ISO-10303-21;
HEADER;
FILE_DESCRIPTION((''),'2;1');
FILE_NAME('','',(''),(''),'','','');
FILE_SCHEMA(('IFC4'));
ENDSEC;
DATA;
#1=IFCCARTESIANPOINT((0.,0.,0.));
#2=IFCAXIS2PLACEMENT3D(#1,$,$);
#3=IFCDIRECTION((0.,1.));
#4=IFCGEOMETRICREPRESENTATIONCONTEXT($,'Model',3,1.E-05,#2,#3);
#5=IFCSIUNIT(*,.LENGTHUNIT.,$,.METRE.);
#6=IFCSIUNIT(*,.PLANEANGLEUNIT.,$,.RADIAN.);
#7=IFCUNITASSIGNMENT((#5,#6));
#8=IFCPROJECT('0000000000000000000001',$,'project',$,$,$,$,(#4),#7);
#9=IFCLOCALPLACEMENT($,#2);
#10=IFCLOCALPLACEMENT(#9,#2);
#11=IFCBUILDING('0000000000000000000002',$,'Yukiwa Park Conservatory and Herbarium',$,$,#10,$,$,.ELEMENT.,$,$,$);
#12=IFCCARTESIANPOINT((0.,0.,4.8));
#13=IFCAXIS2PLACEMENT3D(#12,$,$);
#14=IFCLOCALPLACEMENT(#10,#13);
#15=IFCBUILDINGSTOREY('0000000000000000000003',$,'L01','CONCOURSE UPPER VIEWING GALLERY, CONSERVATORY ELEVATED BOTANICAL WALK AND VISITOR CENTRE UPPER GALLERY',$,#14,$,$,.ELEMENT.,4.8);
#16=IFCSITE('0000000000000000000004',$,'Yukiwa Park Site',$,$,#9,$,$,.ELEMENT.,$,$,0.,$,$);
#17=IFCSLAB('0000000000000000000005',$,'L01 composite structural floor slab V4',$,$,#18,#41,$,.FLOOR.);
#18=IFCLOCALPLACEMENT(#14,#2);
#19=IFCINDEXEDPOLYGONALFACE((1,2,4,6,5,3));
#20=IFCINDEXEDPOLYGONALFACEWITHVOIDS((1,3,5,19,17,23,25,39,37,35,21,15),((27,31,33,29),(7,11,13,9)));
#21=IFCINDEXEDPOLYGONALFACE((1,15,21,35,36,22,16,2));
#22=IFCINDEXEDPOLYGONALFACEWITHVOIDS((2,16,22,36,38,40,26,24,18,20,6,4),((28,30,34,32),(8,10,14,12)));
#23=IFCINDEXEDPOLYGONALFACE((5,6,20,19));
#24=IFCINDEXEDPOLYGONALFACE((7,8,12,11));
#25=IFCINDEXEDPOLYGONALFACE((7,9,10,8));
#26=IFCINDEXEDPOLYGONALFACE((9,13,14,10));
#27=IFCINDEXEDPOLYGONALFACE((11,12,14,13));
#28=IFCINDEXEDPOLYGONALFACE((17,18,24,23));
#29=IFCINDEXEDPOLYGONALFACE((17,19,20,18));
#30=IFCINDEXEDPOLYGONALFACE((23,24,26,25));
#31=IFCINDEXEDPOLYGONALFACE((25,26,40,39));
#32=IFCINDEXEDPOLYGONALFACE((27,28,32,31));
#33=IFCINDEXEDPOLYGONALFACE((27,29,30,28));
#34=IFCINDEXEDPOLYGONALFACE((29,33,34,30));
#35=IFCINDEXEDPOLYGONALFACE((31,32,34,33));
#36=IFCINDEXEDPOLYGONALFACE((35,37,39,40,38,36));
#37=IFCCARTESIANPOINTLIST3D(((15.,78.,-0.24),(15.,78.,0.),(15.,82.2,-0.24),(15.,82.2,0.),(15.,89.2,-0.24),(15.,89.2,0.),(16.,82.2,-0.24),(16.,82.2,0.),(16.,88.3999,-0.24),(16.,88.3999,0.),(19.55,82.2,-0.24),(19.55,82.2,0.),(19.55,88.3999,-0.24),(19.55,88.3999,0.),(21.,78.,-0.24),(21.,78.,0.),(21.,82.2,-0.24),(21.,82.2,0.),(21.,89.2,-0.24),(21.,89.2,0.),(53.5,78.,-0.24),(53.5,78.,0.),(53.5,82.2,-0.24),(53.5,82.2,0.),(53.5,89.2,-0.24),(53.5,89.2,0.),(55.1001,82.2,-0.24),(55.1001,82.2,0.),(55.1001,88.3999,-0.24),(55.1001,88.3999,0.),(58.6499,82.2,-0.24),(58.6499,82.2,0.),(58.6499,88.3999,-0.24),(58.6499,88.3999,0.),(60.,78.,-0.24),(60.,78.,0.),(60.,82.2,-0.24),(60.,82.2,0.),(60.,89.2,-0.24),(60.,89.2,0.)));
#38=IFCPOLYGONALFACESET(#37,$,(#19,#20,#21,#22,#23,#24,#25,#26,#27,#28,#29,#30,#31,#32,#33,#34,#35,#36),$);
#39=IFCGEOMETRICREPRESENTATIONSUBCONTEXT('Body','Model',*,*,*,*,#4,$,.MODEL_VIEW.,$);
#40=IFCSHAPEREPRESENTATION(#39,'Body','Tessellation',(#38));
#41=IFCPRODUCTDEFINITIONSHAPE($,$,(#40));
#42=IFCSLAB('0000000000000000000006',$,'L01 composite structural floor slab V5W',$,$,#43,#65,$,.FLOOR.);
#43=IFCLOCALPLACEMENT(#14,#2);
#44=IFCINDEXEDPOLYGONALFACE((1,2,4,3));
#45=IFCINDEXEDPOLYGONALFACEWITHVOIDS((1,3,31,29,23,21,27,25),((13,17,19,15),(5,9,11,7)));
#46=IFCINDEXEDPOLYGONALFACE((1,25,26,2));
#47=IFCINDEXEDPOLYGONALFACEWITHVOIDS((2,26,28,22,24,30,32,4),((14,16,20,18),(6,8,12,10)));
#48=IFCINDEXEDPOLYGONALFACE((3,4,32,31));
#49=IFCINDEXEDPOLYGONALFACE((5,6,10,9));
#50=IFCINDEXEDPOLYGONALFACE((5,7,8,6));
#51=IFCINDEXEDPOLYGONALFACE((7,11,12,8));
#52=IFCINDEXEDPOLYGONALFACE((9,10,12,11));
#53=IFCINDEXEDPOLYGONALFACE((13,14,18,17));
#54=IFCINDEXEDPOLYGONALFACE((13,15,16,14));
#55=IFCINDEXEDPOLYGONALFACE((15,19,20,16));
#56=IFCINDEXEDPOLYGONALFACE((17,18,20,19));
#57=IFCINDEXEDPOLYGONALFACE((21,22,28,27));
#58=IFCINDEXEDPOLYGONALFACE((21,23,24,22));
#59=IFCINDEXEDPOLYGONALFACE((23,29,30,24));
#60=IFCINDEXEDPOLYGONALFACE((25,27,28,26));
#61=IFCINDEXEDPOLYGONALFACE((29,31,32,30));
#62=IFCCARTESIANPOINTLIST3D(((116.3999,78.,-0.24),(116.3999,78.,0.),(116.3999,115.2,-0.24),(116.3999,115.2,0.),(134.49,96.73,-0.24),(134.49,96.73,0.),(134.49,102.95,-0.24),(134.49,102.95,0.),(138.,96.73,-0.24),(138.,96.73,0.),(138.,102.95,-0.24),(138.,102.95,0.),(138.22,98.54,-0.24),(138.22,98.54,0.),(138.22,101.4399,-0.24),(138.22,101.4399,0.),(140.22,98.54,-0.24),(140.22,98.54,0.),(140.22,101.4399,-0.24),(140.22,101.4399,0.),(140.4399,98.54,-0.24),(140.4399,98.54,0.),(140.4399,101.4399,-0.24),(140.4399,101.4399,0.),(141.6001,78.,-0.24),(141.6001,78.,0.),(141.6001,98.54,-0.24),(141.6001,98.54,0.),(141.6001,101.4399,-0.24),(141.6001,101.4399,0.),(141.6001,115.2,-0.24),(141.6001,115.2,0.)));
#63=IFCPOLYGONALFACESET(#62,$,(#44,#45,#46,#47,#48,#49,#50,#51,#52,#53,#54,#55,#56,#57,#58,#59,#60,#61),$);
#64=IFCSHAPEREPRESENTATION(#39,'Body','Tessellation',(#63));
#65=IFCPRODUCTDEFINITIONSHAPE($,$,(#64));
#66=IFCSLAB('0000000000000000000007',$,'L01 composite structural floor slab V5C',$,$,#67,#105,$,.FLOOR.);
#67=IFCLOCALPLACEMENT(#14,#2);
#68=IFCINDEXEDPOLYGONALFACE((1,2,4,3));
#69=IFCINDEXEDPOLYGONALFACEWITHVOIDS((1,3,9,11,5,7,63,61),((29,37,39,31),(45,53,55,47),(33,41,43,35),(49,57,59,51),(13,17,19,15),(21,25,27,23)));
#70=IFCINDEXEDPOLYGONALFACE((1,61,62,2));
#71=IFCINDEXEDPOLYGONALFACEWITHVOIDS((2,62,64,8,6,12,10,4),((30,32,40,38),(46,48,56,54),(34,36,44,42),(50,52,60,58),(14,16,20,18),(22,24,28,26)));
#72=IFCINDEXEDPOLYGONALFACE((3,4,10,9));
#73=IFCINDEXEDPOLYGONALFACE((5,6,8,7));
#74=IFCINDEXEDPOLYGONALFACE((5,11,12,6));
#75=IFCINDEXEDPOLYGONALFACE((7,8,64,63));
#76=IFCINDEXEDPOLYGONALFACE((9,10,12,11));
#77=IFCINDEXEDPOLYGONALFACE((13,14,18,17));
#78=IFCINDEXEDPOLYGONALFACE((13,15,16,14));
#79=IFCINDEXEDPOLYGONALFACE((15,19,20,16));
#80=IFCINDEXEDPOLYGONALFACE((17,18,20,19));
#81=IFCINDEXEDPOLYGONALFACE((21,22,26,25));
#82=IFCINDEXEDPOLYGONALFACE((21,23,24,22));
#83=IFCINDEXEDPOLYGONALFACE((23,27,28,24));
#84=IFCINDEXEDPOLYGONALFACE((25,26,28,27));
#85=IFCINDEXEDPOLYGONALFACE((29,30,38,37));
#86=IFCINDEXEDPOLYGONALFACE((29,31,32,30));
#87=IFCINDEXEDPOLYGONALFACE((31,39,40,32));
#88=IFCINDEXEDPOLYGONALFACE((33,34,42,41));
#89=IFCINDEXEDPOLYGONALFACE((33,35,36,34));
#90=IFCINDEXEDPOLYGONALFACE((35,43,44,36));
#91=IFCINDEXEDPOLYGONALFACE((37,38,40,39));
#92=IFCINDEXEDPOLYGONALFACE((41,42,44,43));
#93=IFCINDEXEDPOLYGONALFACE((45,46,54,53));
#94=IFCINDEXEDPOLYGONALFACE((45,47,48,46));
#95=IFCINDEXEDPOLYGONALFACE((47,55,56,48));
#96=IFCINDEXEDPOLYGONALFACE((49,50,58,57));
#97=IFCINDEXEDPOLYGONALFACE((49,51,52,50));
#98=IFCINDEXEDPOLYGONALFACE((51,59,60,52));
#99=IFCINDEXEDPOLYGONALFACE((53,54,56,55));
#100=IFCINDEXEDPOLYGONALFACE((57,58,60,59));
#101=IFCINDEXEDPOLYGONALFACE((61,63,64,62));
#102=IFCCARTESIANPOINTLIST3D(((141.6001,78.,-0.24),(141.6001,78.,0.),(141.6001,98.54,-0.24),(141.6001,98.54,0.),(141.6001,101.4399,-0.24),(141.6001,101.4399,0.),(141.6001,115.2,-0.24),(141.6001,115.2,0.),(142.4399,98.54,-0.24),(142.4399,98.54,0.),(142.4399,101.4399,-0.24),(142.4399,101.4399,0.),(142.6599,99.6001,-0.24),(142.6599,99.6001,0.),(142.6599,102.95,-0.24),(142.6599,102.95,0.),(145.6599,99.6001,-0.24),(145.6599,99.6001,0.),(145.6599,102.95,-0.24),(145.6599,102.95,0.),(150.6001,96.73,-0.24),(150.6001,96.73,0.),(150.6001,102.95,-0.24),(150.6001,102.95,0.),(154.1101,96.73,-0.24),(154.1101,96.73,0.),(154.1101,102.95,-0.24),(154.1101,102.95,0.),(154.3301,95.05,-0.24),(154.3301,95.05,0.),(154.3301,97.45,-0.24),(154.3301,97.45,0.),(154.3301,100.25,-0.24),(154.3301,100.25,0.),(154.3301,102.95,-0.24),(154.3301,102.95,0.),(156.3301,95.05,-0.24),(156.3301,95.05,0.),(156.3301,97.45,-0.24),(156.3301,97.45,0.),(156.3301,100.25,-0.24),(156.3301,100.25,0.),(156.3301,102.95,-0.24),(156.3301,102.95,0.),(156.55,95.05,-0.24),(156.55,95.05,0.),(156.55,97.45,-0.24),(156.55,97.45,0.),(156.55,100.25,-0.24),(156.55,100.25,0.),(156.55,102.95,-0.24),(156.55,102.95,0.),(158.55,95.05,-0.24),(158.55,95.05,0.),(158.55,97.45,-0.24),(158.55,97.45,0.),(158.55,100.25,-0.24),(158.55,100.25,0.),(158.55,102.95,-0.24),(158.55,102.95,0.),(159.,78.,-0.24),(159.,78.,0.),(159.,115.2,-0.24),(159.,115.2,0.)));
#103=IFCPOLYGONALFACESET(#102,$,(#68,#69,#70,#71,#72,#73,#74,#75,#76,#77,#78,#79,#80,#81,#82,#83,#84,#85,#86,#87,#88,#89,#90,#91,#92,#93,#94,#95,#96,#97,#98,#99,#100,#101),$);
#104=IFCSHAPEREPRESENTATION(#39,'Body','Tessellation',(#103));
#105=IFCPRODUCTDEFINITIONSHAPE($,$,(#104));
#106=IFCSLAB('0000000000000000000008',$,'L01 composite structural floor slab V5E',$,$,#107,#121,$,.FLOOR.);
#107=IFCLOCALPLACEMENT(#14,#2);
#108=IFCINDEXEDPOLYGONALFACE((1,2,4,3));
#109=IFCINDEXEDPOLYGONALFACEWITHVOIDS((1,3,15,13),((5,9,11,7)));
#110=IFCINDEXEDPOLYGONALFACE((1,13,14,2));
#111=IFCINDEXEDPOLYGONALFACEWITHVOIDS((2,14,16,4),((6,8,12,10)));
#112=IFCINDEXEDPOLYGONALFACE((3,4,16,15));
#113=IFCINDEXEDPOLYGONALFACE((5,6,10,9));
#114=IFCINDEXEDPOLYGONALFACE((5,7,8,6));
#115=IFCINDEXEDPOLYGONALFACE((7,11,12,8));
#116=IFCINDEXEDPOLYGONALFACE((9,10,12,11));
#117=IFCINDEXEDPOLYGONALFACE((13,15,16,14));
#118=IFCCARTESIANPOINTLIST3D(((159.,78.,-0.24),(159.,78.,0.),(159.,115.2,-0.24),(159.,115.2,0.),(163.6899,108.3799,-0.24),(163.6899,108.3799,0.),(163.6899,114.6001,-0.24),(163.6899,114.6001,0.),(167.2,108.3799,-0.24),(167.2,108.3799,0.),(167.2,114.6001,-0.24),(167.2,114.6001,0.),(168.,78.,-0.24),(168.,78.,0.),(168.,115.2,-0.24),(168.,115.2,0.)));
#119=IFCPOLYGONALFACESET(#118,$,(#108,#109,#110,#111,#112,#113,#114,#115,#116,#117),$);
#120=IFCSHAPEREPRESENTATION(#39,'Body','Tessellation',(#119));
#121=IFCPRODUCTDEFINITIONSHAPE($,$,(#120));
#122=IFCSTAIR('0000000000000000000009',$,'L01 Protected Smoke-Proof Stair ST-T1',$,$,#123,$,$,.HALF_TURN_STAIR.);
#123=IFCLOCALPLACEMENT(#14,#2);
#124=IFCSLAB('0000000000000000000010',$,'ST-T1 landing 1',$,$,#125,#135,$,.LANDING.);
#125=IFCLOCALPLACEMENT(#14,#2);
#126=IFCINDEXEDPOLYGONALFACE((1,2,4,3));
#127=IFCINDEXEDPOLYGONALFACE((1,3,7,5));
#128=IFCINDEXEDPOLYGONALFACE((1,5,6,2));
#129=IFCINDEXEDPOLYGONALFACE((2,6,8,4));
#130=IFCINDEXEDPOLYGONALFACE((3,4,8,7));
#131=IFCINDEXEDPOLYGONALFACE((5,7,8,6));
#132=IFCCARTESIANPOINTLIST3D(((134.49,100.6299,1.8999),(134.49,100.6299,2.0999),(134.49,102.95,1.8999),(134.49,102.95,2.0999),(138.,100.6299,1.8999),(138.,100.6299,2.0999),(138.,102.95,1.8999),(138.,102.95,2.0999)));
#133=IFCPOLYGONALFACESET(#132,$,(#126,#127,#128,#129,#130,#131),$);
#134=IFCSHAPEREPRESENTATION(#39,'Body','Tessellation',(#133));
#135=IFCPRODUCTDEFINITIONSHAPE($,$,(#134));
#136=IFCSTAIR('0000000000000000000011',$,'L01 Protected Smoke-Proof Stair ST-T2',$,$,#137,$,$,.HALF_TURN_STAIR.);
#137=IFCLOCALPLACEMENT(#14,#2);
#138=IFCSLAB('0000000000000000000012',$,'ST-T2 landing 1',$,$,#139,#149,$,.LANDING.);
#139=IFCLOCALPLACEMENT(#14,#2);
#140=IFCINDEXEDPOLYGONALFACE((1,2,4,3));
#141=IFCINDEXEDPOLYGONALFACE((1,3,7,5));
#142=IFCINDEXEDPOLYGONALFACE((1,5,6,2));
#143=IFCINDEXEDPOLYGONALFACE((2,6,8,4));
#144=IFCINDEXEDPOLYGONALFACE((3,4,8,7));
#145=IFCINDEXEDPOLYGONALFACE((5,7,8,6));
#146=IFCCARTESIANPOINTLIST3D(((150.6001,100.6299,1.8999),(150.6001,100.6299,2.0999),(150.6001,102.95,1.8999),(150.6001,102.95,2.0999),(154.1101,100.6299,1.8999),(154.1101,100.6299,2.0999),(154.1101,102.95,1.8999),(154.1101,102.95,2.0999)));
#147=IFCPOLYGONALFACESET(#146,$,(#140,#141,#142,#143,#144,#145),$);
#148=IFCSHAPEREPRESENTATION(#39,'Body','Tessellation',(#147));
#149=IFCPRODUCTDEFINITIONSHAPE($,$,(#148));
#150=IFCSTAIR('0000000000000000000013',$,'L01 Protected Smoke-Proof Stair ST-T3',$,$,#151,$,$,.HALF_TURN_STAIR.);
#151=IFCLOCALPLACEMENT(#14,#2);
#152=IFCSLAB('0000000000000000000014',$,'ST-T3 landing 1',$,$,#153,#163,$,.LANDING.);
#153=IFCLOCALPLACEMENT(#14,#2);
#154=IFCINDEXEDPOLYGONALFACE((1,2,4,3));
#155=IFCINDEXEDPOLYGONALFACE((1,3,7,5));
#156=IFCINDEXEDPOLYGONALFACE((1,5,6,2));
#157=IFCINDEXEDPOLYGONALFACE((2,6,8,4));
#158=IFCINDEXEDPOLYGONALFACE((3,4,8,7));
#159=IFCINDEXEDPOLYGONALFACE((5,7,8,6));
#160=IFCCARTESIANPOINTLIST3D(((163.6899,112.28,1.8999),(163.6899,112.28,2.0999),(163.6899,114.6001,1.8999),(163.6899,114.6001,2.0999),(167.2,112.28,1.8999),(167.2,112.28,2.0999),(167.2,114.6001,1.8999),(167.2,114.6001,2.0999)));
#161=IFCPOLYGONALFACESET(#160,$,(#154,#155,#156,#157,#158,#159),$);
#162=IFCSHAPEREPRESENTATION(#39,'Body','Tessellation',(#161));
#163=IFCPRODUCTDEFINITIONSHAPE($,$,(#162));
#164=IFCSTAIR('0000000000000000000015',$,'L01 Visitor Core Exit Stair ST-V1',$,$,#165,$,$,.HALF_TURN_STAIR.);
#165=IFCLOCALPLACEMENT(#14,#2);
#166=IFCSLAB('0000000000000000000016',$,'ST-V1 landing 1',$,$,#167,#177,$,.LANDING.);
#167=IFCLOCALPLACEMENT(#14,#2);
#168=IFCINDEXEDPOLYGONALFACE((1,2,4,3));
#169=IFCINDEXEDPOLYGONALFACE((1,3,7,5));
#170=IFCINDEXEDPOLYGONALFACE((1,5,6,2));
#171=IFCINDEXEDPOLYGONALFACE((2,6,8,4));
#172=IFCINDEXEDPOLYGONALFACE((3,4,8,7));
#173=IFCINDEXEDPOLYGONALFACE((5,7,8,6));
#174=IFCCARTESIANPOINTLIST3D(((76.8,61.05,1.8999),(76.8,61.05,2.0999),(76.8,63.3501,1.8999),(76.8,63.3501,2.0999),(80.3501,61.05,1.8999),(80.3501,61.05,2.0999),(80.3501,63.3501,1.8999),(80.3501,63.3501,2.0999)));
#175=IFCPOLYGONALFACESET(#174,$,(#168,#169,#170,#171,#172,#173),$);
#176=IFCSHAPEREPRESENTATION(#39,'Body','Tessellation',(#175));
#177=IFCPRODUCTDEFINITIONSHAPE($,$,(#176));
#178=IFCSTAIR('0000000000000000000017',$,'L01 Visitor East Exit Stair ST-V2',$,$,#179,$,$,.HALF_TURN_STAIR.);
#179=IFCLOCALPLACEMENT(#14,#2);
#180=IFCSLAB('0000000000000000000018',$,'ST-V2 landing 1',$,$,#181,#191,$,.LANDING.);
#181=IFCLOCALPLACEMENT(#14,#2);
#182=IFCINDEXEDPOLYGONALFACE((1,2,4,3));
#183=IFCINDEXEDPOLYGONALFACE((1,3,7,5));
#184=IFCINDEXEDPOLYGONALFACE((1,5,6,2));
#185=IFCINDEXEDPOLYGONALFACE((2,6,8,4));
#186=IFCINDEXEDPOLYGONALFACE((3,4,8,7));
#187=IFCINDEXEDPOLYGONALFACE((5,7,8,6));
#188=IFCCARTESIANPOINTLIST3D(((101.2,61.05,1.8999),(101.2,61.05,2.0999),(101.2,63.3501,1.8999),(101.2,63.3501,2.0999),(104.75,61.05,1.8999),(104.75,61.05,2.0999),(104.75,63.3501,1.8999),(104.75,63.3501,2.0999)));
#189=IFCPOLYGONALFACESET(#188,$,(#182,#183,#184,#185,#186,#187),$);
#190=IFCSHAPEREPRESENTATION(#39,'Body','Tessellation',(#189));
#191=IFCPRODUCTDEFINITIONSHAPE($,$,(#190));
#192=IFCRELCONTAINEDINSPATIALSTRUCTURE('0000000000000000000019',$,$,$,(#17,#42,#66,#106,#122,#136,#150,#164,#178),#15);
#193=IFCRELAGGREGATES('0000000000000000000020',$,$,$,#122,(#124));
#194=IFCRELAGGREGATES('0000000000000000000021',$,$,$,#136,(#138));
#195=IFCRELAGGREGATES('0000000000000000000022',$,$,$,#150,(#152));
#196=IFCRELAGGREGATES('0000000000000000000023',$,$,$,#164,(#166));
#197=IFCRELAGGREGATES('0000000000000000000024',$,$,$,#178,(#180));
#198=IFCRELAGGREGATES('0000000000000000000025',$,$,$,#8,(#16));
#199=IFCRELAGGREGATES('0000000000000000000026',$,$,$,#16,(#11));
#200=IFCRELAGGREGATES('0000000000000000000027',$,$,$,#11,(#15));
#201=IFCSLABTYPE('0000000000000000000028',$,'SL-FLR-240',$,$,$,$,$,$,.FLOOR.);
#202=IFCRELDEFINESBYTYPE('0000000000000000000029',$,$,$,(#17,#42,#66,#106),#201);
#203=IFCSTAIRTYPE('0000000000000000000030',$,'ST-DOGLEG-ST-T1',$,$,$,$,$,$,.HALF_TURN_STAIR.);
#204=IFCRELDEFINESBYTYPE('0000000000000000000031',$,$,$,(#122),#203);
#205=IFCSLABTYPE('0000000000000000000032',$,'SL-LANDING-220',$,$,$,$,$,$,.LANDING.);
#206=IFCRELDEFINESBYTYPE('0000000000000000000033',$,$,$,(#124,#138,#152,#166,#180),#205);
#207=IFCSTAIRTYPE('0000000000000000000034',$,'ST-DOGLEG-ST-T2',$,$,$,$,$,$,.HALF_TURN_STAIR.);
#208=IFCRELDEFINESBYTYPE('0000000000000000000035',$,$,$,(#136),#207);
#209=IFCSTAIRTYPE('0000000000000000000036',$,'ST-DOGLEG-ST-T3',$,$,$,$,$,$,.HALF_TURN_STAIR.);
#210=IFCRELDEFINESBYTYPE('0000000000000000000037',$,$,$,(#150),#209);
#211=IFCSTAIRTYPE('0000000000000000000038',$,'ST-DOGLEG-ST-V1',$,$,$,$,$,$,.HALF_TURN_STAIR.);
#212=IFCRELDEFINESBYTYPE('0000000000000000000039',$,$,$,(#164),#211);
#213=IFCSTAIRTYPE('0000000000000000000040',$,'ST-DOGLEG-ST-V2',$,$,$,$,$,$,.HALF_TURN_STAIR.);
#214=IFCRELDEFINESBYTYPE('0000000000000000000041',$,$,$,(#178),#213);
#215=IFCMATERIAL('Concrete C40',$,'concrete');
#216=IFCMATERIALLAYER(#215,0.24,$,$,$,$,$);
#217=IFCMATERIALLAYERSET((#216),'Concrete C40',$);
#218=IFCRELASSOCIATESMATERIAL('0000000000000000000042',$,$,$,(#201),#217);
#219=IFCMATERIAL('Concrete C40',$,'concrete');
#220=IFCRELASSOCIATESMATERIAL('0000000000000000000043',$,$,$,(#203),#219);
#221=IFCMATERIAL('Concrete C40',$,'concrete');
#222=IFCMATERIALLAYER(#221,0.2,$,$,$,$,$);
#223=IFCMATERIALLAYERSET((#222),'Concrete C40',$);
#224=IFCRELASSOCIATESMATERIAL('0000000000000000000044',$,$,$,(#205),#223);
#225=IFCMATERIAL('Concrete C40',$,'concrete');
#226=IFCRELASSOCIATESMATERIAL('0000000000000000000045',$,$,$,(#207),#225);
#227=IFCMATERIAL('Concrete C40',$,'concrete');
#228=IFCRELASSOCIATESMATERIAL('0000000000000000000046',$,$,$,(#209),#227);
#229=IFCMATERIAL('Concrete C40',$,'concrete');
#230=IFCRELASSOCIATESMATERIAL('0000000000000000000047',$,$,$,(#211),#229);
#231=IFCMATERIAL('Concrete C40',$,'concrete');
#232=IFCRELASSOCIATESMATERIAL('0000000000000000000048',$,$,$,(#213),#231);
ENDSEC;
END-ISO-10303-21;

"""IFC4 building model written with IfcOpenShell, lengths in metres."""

from ifc_helpers import new_model, si_unit, direction, frame, origin, place, context, subcontext, project, spatial, polyline, outline, extrude, material, layer, layer_set, type_object, element, aggregate, save


model = new_model("IFC4")

# Units and contexts
model_context = context("Model", 3, precision=1e-05, world=origin(), true_north=direction((0.0, 1.0)))
body_context = subcontext(model_context, "Body", "Model", "MODEL_VIEW")
ifc_project = project(units=[si_unit("LENGTHUNIT", "METRE"), si_unit("PLANEANGLEUNIT", "RADIAN")], contexts=[model_context])

# Site, building, storey
site_placement = place(None, origin())
site = spatial("IfcSite", under=ifc_project, at=site_placement, Name="Yukiwa Park Site", CompositionType="ELEMENT", RefElevation=0.0)
building_placement = place(site_placement, origin())
building = spatial("IfcBuilding", under=site, at=building_placement, Name="Yukiwa Park Conservatory and Herbarium", CompositionType="ELEMENT")
storey_placement = place(building_placement, frame((0.0, 0.0, 4.8)))
storey = spatial("IfcBuildingStorey", under=building, at=storey_placement, Name="L01", Description="CONCOURSE UPPER VIEWING GALLERY, CONSERVATORY ELEVATED BOTANICAL WALK AND VISITOR CENTRE UPPER GALLERY", CompositionType="ELEMENT", Elevation=4.8)

# Slabs
ifc_material_1 = material(Name="Concrete C40", Category="concrete")
ifc_layer_1 = layer(ifc_material_1, 0.24)
ifc_layer_set_1 = layer_set([ifc_layer_1], Name="Concrete C40")
slab_type_1 = type_object("IfcSlabType", Name="SL-FLR-240", PredefinedType="FLOOR", material=ifc_layer_set_1)
slab_1_placement = place(storey_placement, frame((0.0, 0.0, -0.24)))
element("IfcSlab", 1, at=slab_1_placement, inside=storey, type_object=slab_type_1, Name="L01 composite structural floor slab V4", PredefinedType="FLOOR", context=body_context, shape_type="SweptSolid", body=[
    extrude(outline(polyline([(53.5, 78.0), (21.0, 78.0), (15.0, 78.0), (15.0, 82.2), (15.0, 89.2), (21.0, 89.2), (21.0, 82.2), (53.5, 82.2), (53.5, 89.2), (60.0, 89.2), (60.0, 82.2), (60.0, 78.0), (53.5, 78.0)]), holes=[polyline([(19.55, 88.3999), (16.0, 88.3999), (16.0, 82.2), (19.55, 82.2), (19.55, 88.3999)]), polyline([(58.6499, 88.3999), (55.1001, 88.3999), (55.1001, 82.2), (58.6499, 82.2), (58.6499, 88.3999)])]), origin(), (0.0, 0.0, 1.0), 0.24),
])
slab_2_placement = place(storey_placement, frame((0.0, 0.0, -0.24)))
element("IfcSlab", 2, at=slab_2_placement, inside=storey, type_object=slab_type_1, Name="L01 composite structural floor slab V5W", PredefinedType="FLOOR", context=body_context, shape_type="SweptSolid", body=[
    extrude(outline(polyline([(141.6001, 78.0), (116.3999, 78.0), (116.3999, 115.2), (141.6001, 115.2), (141.6001, 101.4399), (140.4399, 101.4399), (140.4399, 98.54), (141.6001, 98.54), (141.6001, 78.0)]), holes=[polyline([(138.0, 102.95), (134.49, 102.95), (134.49, 96.73), (138.0, 96.73), (138.0, 102.95)]), polyline([(140.22, 101.4399), (138.22, 101.4399), (138.22, 98.54), (140.22, 98.54), (140.22, 101.4399)])]), origin(), (0.0, 0.0, 1.0), 0.24),
])
slab_3_placement = place(storey_placement, frame((0.0, 0.0, -0.24)))
element("IfcSlab", 3, at=slab_3_placement, inside=storey, type_object=slab_type_1, Name="L01 composite structural floor slab V5C", PredefinedType="FLOOR", context=body_context, shape_type="SweptSolid", body=[
    extrude(outline(polyline([(141.6001, 115.2), (159.0, 115.2), (159.0, 78.0), (141.6001, 78.0), (141.6001, 98.54), (142.4399, 98.54), (142.4399, 101.4399), (141.6001, 101.4399), (141.6001, 115.2)]), holes=[polyline([(156.3301, 97.45), (154.3301, 97.45), (154.3301, 95.05), (156.3301, 95.05), (156.3301, 97.45)]), polyline([(158.55, 97.45), (156.55, 97.45), (156.55, 95.05), (158.55, 95.05), (158.55, 97.45)]), polyline([(154.1101, 102.95), (150.6001, 102.95), (150.6001, 96.73), (154.1101, 96.73), (154.1101, 102.95)]), polyline([(145.6599, 102.95), (142.6599, 102.95), (142.6599, 99.6001), (145.6599, 99.6001), (145.6599, 102.95)]), polyline([(156.3301, 102.95), (154.3301, 102.95), (154.3301, 100.25), (156.3301, 100.25), (156.3301, 102.95)]), polyline([(158.55, 100.25), (158.55, 102.95), (156.55, 102.95), (156.55, 100.25), (158.55, 100.25)])]), origin(), (0.0, 0.0, 1.0), 0.24),
])
slab_4_placement = place(storey_placement, frame((0.0, 0.0, -0.24)))
element("IfcSlab", 4, at=slab_4_placement, inside=storey, type_object=slab_type_1, Name="L01 composite structural floor slab V5E", PredefinedType="FLOOR", context=body_context, shape_type="SweptSolid", body=[
    extrude(outline(polyline([(159.0, 78.0), (159.0, 115.2), (168.0, 115.2), (168.0, 78.0), (159.0, 78.0)]), holes=[polyline([(167.2, 108.3799), (167.2, 114.6001), (163.6899, 114.6001), (163.6899, 108.3799), (167.2, 108.3799)])]), origin(), (0.0, 0.0, 1.0), 0.24),
])

# Stairs, slabs
ifc_material_2 = material(Name="Concrete C40", Category="concrete")
stair_type_1 = type_object("IfcStairType", Name="ST-DOGLEG-ST-T1", PredefinedType="HALF_TURN_STAIR", material=ifc_material_2)
stair_1_placement = place(storey_placement, origin())
stair_1 = element("IfcStair", 5, at=stair_1_placement, inside=storey, type_object=stair_type_1, Name="L01 Protected Smoke-Proof Stair ST-T1", PredefinedType="HALF_TURN_STAIR")
ifc_material_3 = material(Name="Concrete C40", Category="concrete")
ifc_layer_2 = layer(ifc_material_3, 0.2)
ifc_layer_set_2 = layer_set([ifc_layer_2], Name="Concrete C40")
slab_type_2 = type_object("IfcSlabType", Name="SL-LANDING-220", PredefinedType="LANDING", material=ifc_layer_set_2)
slab_5_placement = place(storey_placement, frame((0.0, 0.0, 1.8999)))
slab_5 = element("IfcSlab", 6, at=slab_5_placement, type_object=slab_type_2, Name="ST-T1 landing 1", PredefinedType="LANDING", context=body_context, shape_type="SweptSolid", body=[
    extrude(outline(polyline([(138.0, 100.6299), (138.0, 102.95), (134.49, 102.95), (134.49, 100.6299), (138.0, 100.6299)])), origin(), (0.0, 0.0, 1.0), 0.2),
])
aggregate(stair_1, [slab_5])
ifc_material_4 = material(Name="Concrete C40", Category="concrete")
stair_type_2 = type_object("IfcStairType", Name="ST-DOGLEG-ST-T2", PredefinedType="HALF_TURN_STAIR", material=ifc_material_4)
stair_2_placement = place(storey_placement, origin())
stair_2 = element("IfcStair", 7, at=stair_2_placement, inside=storey, type_object=stair_type_2, Name="L01 Protected Smoke-Proof Stair ST-T2", PredefinedType="HALF_TURN_STAIR")
slab_6_placement = place(storey_placement, frame((0.0, 0.0, 1.8999)))
slab_6 = element("IfcSlab", 8, at=slab_6_placement, type_object=slab_type_2, Name="ST-T2 landing 1", PredefinedType="LANDING", context=body_context, shape_type="SweptSolid", body=[
    extrude(outline(polyline([(154.1101, 100.6299), (154.1101, 102.95), (150.6001, 102.95), (150.6001, 100.6299), (154.1101, 100.6299)])), origin(), (0.0, 0.0, 1.0), 0.2),
])
aggregate(stair_2, [slab_6])
ifc_material_5 = material(Name="Concrete C40", Category="concrete")
stair_type_3 = type_object("IfcStairType", Name="ST-DOGLEG-ST-T3", PredefinedType="HALF_TURN_STAIR", material=ifc_material_5)
stair_3_placement = place(storey_placement, origin())
stair_3 = element("IfcStair", 9, at=stair_3_placement, inside=storey, type_object=stair_type_3, Name="L01 Protected Smoke-Proof Stair ST-T3", PredefinedType="HALF_TURN_STAIR")
slab_7_placement = place(storey_placement, frame((0.0, 0.0, 1.8999)))
slab_7 = element("IfcSlab", 10, at=slab_7_placement, type_object=slab_type_2, Name="ST-T3 landing 1", PredefinedType="LANDING", context=body_context, shape_type="SweptSolid", body=[
    extrude(outline(polyline([(167.2, 112.28), (167.2, 114.6001), (163.6899, 114.6001), (163.6899, 112.28), (167.2, 112.28)])), origin(), (0.0, 0.0, 1.0), 0.2),
])
aggregate(stair_3, [slab_7])
ifc_material_6 = material(Name="Concrete C40", Category="concrete")
stair_type_4 = type_object("IfcStairType", Name="ST-DOGLEG-ST-V1", PredefinedType="HALF_TURN_STAIR", material=ifc_material_6)
stair_4_placement = place(storey_placement, origin())
stair_4 = element("IfcStair", 11, at=stair_4_placement, inside=storey, type_object=stair_type_4, Name="L01 Visitor Core Exit Stair ST-V1", PredefinedType="HALF_TURN_STAIR")
slab_8_placement = place(storey_placement, frame((0.0, 0.0, 1.8999)))
slab_8 = element("IfcSlab", 12, at=slab_8_placement, type_object=slab_type_2, Name="ST-V1 landing 1", PredefinedType="LANDING", context=body_context, shape_type="SweptSolid", body=[
    extrude(outline(polyline([(80.3501, 61.05), (80.3501, 63.3501), (76.8, 63.3501), (76.8, 61.05), (80.3501, 61.05)])), origin(), (0.0, 0.0, 1.0), 0.2),
])
aggregate(stair_4, [slab_8])
ifc_material_7 = material(Name="Concrete C40", Category="concrete")
stair_type_5 = type_object("IfcStairType", Name="ST-DOGLEG-ST-V2", PredefinedType="HALF_TURN_STAIR", material=ifc_material_7)
stair_5_placement = place(storey_placement, origin())
stair_5 = element("IfcStair", 13, at=stair_5_placement, inside=storey, type_object=stair_type_5, Name="L01 Visitor East Exit Stair ST-V2", PredefinedType="HALF_TURN_STAIR")
slab_9_placement = place(storey_placement, frame((0.0, 0.0, 1.8999)))
slab_9 = element("IfcSlab", 14, at=slab_9_placement, type_object=slab_type_2, Name="ST-V2 landing 1", PredefinedType="LANDING", context=body_context, shape_type="SweptSolid", body=[
    extrude(outline(polyline([(104.75, 61.05), (104.75, 63.3501), (101.2, 63.3501), (101.2, 61.05), (104.75, 61.05)])), origin(), (0.0, 0.0, 1.0), 0.2),
])
aggregate(stair_5, [slab_9])

save(model, "model.ifc")
